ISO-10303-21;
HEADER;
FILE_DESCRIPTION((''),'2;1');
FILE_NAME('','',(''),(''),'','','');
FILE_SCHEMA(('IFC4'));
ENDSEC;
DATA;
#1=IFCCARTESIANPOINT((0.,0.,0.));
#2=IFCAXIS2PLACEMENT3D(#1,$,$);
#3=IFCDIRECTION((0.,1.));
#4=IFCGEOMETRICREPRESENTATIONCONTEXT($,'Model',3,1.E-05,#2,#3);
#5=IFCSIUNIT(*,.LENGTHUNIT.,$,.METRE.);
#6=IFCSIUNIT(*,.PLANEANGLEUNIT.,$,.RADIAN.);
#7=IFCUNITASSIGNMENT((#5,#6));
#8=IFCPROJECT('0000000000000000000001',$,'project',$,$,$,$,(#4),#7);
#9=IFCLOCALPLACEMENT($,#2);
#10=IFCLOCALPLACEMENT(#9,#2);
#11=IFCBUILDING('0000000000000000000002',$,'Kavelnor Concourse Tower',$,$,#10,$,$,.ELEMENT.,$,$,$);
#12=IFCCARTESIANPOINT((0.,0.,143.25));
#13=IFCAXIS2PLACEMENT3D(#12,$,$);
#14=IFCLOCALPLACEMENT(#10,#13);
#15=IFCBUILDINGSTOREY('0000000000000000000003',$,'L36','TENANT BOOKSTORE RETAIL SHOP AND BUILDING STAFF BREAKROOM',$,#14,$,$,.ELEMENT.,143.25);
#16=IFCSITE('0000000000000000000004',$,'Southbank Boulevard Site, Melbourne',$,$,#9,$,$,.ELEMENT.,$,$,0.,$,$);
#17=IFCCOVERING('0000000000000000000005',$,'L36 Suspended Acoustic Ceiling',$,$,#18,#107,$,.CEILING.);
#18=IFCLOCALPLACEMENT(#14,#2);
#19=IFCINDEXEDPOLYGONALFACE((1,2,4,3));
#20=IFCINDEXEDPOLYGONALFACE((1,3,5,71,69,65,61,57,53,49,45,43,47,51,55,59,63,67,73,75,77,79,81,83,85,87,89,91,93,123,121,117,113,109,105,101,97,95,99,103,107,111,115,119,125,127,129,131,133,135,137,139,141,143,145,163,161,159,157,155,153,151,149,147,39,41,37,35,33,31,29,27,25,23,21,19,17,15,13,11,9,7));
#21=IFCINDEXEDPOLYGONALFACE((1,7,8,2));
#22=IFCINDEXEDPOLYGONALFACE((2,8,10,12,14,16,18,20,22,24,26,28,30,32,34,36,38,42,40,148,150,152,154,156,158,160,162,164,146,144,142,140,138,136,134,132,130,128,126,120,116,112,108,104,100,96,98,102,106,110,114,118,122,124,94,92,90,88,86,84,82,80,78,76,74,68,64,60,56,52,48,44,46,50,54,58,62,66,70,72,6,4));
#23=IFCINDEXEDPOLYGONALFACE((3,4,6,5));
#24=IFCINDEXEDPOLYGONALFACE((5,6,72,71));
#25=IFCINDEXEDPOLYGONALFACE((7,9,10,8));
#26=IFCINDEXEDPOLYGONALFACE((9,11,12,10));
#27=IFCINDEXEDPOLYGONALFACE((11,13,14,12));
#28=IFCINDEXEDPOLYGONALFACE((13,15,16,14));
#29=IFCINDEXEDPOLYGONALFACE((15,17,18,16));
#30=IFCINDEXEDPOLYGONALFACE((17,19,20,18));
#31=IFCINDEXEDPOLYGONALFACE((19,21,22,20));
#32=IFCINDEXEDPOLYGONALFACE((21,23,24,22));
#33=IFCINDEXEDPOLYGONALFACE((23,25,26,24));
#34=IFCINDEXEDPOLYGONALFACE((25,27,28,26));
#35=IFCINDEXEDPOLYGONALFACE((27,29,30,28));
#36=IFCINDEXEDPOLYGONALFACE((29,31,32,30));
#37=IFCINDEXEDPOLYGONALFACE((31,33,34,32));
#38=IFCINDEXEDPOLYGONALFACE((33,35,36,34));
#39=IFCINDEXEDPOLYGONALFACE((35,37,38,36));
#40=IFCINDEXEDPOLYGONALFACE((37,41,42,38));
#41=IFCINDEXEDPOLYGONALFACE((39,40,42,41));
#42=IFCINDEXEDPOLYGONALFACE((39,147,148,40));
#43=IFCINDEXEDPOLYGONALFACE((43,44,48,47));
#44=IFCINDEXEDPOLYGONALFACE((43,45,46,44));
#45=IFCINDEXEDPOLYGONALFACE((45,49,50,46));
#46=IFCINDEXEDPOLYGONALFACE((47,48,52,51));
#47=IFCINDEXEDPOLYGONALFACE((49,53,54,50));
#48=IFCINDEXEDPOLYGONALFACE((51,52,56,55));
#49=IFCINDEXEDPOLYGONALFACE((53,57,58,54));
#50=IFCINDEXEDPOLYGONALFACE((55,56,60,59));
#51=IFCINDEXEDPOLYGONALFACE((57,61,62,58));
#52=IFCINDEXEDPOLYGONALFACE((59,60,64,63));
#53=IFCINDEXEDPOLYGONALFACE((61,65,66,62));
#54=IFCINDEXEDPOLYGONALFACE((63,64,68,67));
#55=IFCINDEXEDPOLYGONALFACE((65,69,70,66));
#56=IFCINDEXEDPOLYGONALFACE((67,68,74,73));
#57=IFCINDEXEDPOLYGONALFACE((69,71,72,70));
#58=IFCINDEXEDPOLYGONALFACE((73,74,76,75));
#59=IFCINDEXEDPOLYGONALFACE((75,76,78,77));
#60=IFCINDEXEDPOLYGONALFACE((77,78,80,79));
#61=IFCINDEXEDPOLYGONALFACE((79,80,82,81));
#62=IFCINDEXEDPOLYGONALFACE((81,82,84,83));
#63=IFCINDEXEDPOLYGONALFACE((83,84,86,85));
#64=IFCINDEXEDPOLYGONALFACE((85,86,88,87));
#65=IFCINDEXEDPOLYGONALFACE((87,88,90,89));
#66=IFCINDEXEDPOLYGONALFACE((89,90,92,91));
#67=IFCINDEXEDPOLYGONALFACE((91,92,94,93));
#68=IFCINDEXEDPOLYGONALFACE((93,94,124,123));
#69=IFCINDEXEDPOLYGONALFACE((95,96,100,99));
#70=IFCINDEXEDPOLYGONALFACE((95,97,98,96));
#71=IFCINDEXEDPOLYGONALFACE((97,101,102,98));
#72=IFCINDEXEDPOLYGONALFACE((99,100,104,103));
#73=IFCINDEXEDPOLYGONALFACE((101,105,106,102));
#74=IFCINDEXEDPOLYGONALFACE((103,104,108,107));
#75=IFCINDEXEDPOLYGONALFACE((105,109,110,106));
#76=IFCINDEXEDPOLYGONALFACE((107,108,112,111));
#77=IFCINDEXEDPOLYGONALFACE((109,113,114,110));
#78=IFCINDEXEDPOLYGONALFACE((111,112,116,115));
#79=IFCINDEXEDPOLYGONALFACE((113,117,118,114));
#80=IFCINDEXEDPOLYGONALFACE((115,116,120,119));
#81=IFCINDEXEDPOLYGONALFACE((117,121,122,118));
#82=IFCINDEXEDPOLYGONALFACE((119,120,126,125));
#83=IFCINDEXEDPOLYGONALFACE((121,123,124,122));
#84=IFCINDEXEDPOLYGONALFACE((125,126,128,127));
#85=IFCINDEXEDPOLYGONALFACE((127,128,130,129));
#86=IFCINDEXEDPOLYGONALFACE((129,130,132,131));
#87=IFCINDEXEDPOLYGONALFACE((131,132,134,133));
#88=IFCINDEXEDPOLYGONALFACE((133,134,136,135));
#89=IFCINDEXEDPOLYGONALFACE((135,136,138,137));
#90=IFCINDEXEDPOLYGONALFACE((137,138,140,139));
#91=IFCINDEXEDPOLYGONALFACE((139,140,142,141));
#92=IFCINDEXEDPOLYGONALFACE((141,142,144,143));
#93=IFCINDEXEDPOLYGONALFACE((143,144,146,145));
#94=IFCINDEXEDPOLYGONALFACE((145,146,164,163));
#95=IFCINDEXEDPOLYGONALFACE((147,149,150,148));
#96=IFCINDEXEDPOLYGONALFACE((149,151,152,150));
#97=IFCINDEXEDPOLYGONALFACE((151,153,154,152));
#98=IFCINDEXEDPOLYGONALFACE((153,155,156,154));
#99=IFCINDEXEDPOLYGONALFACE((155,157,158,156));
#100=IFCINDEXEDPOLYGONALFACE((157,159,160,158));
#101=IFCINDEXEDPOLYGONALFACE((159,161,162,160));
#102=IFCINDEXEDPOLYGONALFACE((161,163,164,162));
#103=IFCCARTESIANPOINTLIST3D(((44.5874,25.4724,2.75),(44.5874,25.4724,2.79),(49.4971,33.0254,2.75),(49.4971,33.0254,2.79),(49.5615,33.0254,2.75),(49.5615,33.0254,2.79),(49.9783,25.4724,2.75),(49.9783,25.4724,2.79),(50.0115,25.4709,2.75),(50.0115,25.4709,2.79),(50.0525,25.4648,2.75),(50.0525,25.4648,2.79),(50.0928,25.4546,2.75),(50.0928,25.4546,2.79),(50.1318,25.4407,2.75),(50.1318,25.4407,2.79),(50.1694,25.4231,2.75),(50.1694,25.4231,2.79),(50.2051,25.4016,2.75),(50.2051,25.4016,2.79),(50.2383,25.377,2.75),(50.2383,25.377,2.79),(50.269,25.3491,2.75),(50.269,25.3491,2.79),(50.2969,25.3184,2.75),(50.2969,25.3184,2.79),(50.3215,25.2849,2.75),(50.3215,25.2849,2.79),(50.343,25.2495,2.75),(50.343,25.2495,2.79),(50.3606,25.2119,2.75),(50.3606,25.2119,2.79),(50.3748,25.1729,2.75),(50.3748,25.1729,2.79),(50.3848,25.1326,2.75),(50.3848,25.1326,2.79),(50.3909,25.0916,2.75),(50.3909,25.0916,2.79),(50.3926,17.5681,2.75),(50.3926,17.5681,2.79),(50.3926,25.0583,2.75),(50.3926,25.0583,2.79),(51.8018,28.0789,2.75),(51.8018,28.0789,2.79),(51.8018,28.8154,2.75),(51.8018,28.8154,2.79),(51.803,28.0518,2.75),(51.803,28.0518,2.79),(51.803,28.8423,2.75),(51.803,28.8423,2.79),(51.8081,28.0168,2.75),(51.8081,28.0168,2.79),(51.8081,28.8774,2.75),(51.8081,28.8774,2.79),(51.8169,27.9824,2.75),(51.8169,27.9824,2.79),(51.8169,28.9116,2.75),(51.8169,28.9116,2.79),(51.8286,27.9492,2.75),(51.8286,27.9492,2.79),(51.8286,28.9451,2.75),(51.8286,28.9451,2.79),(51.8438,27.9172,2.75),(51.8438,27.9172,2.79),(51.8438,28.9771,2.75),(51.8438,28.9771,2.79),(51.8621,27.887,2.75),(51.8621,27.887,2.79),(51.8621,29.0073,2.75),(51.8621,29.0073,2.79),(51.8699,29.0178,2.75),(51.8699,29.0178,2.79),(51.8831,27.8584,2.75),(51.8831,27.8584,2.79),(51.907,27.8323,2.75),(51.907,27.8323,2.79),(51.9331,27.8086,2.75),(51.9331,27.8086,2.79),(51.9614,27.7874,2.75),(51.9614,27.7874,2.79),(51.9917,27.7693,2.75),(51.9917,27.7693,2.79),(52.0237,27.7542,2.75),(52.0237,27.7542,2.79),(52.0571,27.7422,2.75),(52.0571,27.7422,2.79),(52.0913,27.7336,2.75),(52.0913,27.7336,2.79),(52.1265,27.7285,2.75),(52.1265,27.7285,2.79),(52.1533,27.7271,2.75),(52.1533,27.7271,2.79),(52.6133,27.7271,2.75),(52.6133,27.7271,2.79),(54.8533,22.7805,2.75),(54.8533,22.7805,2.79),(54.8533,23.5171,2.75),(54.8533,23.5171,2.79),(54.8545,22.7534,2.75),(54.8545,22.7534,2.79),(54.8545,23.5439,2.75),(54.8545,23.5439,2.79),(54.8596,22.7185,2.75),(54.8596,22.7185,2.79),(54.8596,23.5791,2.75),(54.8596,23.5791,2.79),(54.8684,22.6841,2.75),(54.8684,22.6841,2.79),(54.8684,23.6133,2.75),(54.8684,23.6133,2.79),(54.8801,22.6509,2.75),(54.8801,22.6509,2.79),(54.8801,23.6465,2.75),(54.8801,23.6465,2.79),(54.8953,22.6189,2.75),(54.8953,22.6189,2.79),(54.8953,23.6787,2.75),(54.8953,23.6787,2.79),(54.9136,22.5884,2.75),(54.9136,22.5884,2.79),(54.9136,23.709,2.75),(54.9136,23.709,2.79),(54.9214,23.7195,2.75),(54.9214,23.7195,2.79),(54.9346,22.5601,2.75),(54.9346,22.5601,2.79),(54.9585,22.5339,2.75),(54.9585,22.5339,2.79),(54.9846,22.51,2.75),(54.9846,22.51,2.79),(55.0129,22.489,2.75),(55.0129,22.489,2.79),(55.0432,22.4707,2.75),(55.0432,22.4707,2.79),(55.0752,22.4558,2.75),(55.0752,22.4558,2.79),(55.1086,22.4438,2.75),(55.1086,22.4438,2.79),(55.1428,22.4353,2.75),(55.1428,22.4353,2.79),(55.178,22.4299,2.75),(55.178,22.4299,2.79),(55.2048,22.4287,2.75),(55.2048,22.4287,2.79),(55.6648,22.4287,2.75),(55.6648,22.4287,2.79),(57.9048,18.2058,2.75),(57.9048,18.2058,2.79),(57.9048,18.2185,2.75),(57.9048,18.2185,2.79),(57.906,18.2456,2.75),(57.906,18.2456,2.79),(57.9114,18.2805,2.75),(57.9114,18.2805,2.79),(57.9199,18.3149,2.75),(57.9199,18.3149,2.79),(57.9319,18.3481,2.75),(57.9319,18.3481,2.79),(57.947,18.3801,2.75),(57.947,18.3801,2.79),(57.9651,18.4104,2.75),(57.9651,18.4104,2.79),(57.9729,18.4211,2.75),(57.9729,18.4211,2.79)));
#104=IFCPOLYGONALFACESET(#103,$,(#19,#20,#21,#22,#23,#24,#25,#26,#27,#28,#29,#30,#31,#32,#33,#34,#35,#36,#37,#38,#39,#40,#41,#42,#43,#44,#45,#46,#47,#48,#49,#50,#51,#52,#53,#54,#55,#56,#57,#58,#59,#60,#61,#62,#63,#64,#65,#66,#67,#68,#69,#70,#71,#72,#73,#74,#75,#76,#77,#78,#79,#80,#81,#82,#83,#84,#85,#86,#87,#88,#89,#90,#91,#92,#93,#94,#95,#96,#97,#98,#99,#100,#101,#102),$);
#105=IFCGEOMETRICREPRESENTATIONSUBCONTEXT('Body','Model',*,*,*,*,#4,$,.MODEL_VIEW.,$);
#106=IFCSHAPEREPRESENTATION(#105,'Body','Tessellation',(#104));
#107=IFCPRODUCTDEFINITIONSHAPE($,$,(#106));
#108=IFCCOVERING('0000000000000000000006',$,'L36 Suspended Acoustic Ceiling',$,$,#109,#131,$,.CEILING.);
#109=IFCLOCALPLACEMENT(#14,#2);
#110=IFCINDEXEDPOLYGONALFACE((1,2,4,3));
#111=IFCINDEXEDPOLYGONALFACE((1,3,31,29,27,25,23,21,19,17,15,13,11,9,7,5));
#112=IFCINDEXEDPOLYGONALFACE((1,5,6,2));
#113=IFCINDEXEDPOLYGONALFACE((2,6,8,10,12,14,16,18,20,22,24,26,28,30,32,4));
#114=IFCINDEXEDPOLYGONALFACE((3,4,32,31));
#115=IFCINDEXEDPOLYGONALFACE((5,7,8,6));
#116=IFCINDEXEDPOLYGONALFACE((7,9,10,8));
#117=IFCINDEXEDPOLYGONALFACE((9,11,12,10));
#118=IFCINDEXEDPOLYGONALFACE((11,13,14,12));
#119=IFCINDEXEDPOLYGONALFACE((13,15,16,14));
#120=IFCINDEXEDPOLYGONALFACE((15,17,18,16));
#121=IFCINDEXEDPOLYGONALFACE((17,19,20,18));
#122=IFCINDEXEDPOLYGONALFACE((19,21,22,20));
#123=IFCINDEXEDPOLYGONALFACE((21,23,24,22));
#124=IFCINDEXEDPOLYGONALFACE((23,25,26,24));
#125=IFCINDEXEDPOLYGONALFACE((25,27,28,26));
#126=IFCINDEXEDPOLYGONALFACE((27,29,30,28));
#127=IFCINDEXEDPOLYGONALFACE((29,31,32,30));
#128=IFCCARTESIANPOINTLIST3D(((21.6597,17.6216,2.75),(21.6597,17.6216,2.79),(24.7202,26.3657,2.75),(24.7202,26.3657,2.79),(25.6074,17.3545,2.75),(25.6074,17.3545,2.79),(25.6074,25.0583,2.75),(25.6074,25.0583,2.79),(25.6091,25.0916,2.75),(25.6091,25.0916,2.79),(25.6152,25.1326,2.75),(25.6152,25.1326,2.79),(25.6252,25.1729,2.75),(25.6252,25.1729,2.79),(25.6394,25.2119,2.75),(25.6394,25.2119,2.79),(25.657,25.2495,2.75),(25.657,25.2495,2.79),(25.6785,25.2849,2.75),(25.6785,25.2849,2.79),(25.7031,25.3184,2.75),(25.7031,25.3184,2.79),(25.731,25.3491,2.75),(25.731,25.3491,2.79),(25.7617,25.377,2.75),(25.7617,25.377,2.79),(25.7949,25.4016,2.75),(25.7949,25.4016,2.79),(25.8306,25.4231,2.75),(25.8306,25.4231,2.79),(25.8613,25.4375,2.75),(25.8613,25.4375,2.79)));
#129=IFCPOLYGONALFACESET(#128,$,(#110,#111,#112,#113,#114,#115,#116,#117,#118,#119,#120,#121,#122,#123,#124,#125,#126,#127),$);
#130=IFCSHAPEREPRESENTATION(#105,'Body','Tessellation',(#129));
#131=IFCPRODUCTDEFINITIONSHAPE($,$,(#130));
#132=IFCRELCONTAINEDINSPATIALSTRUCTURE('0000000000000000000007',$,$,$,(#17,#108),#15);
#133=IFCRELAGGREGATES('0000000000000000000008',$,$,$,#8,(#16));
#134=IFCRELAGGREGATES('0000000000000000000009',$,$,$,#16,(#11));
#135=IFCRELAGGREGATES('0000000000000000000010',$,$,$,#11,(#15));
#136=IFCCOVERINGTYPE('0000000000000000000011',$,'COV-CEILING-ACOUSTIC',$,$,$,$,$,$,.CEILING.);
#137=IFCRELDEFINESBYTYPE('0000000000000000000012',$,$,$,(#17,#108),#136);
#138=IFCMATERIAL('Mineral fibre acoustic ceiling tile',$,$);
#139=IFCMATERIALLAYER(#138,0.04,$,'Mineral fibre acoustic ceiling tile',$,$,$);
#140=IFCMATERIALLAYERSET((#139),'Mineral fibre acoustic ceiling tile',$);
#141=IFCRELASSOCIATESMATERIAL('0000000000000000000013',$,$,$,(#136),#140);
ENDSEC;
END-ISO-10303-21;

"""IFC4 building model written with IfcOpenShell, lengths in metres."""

from ifc_helpers import new_model, si_unit, direction, frame, origin, place, context, subcontext, project, spatial, polyline, outline, extrude, material, layer, layer_set, type_object, element, save


model = new_model("IFC4")

# Units and contexts
model_context = context("Model", 3, precision=1e-05, world=origin(), true_north=direction((0.0, 1.0)))
body_context = subcontext(model_context, "Body", "Model", "MODEL_VIEW")
ifc_project = project(units=[si_unit("LENGTHUNIT", "METRE"), si_unit("PLANEANGLEUNIT", "RADIAN")], contexts=[model_context])

# Site, building, storey
site_placement = place(None, origin())
site = spatial("IfcSite", under=ifc_project, at=site_placement, Name="Southbank Boulevard Site, Melbourne", CompositionType="ELEMENT", RefElevation=0.0)
building_placement = place(site_placement, origin())
building = spatial("IfcBuilding", under=site, at=building_placement, Name="Kavelnor Concourse Tower", CompositionType="ELEMENT")
storey_placement = place(building_placement, frame((0.0, 0.0, 143.25)))
storey = spatial("IfcBuildingStorey", under=building, at=storey_placement, Name="L36", Description="TENANT BOOKSTORE RETAIL SHOP AND BUILDING STAFF BREAKROOM", CompositionType="ELEMENT", Elevation=143.25)

# Coverings
ifc_material_1 = material(Name="Mineral fibre acoustic ceiling tile")
ifc_layer_1 = layer(ifc_material_1, 0.04, Name="Mineral fibre acoustic ceiling tile")
ifc_layer_set_1 = layer_set([ifc_layer_1], Name="Mineral fibre acoustic ceiling tile")
covering_type = type_object("IfcCoveringType", Name="COV-CEILING-ACOUSTIC", PredefinedType="CEILING", material=ifc_layer_set_1)
covering_1_placement = place(storey_placement, frame((0.0, 0.0, 2.75)))
element("IfcCovering", 1, at=covering_1_placement, inside=storey, type_object=covering_type, Name="L36 Suspended Acoustic Ceiling", PredefinedType="CEILING", context=body_context, shape_type="SweptSolid", body=[
    extrude(outline(polyline([(50.3909, 25.0916), (50.3848, 25.1326), (50.3748, 25.1729), (50.3606, 25.2119), (50.343, 25.2495), (50.3215, 25.2849), (50.2969, 25.3184), (50.269, 25.3491), (50.2383, 25.377), (50.2051, 25.4016), (50.1694, 25.4231), (50.1318, 25.4407), (50.0928, 25.4546), (50.0525, 25.4648), (50.0115, 25.4709), (49.9783, 25.4724), (44.5874, 25.4724), (49.4971, 33.0254), (49.5615, 33.0254), (51.8699, 29.0178), (51.8621, 29.0073), (51.8438, 28.9771), (51.8286, 28.9451), (51.8169, 28.9116), (51.8081, 28.8774), (51.803, 28.8423), (51.8018, 28.8154), (51.8018, 28.0789), (51.803, 28.0518), (51.8081, 28.0168), (51.8169, 27.9824), (51.8286, 27.9492), (51.8438, 27.9172), (51.8621, 27.887), (51.8831, 27.8584), (51.907, 27.8323), (51.9331, 27.8086), (51.9614, 27.7874), (51.9917, 27.7693), (52.0237, 27.7542), (52.0571, 27.7422), (52.0913, 27.7336), (52.1265, 27.7285), (52.1533, 27.7271), (52.6133, 27.7271), (54.9214, 23.7195), (54.9136, 23.709), (54.8953, 23.6787), (54.8801, 23.6465), (54.8684, 23.6133), (54.8596, 23.5791), (54.8545, 23.5439), (54.8533, 23.5171), (54.8533, 22.7805), (54.8545, 22.7534), (54.8596, 22.7185), (54.8684, 22.6841), (54.8801, 22.6509), (54.8953, 22.6189), (54.9136, 22.5884), (54.9346, 22.5601), (54.9585, 22.5339), (54.9846, 22.51), (55.0129, 22.489), (55.0432, 22.4707), (55.0752, 22.4558), (55.1086, 22.4438), (55.1428, 22.4353), (55.178, 22.4299), (55.2048, 22.4287), (55.6648, 22.4287), (57.9729, 18.4211), (57.9651, 18.4104), (57.947, 18.3801), (57.9319, 18.3481), (57.9199, 18.3149), (57.9114, 18.2805), (57.906, 18.2456), (57.9048, 18.2185), (57.9048, 18.2058), (50.3926, 17.5681), (50.3926, 25.0583), (50.3909, 25.0916)])), origin(), (0.0, 0.0, 1.0), 0.04),
])
covering_2_placement = place(storey_placement, frame((0.0, 0.0, 2.75)))
element("IfcCovering", 2, at=covering_2_placement, inside=storey, type_object=covering_type, Name="L36 Suspended Acoustic Ceiling", PredefinedType="CEILING", context=body_context, shape_type="SweptSolid", body=[
    extrude(outline(polyline([(25.8306, 25.4231), (25.7949, 25.4016), (25.7617, 25.377), (25.731, 25.3491), (25.7031, 25.3184), (25.6785, 25.2849), (25.657, 25.2495), (25.6394, 25.2119), (25.6252, 25.1729), (25.6152, 25.1326), (25.6091, 25.0916), (25.6074, 25.0583), (25.6074, 17.3545), (21.6597, 17.6216), (24.7202, 26.3657), (25.8613, 25.4375), (25.8306, 25.4231)])), origin(), (0.0, 0.0, 1.0), 0.04),
])

save(model, "model.ifc")
